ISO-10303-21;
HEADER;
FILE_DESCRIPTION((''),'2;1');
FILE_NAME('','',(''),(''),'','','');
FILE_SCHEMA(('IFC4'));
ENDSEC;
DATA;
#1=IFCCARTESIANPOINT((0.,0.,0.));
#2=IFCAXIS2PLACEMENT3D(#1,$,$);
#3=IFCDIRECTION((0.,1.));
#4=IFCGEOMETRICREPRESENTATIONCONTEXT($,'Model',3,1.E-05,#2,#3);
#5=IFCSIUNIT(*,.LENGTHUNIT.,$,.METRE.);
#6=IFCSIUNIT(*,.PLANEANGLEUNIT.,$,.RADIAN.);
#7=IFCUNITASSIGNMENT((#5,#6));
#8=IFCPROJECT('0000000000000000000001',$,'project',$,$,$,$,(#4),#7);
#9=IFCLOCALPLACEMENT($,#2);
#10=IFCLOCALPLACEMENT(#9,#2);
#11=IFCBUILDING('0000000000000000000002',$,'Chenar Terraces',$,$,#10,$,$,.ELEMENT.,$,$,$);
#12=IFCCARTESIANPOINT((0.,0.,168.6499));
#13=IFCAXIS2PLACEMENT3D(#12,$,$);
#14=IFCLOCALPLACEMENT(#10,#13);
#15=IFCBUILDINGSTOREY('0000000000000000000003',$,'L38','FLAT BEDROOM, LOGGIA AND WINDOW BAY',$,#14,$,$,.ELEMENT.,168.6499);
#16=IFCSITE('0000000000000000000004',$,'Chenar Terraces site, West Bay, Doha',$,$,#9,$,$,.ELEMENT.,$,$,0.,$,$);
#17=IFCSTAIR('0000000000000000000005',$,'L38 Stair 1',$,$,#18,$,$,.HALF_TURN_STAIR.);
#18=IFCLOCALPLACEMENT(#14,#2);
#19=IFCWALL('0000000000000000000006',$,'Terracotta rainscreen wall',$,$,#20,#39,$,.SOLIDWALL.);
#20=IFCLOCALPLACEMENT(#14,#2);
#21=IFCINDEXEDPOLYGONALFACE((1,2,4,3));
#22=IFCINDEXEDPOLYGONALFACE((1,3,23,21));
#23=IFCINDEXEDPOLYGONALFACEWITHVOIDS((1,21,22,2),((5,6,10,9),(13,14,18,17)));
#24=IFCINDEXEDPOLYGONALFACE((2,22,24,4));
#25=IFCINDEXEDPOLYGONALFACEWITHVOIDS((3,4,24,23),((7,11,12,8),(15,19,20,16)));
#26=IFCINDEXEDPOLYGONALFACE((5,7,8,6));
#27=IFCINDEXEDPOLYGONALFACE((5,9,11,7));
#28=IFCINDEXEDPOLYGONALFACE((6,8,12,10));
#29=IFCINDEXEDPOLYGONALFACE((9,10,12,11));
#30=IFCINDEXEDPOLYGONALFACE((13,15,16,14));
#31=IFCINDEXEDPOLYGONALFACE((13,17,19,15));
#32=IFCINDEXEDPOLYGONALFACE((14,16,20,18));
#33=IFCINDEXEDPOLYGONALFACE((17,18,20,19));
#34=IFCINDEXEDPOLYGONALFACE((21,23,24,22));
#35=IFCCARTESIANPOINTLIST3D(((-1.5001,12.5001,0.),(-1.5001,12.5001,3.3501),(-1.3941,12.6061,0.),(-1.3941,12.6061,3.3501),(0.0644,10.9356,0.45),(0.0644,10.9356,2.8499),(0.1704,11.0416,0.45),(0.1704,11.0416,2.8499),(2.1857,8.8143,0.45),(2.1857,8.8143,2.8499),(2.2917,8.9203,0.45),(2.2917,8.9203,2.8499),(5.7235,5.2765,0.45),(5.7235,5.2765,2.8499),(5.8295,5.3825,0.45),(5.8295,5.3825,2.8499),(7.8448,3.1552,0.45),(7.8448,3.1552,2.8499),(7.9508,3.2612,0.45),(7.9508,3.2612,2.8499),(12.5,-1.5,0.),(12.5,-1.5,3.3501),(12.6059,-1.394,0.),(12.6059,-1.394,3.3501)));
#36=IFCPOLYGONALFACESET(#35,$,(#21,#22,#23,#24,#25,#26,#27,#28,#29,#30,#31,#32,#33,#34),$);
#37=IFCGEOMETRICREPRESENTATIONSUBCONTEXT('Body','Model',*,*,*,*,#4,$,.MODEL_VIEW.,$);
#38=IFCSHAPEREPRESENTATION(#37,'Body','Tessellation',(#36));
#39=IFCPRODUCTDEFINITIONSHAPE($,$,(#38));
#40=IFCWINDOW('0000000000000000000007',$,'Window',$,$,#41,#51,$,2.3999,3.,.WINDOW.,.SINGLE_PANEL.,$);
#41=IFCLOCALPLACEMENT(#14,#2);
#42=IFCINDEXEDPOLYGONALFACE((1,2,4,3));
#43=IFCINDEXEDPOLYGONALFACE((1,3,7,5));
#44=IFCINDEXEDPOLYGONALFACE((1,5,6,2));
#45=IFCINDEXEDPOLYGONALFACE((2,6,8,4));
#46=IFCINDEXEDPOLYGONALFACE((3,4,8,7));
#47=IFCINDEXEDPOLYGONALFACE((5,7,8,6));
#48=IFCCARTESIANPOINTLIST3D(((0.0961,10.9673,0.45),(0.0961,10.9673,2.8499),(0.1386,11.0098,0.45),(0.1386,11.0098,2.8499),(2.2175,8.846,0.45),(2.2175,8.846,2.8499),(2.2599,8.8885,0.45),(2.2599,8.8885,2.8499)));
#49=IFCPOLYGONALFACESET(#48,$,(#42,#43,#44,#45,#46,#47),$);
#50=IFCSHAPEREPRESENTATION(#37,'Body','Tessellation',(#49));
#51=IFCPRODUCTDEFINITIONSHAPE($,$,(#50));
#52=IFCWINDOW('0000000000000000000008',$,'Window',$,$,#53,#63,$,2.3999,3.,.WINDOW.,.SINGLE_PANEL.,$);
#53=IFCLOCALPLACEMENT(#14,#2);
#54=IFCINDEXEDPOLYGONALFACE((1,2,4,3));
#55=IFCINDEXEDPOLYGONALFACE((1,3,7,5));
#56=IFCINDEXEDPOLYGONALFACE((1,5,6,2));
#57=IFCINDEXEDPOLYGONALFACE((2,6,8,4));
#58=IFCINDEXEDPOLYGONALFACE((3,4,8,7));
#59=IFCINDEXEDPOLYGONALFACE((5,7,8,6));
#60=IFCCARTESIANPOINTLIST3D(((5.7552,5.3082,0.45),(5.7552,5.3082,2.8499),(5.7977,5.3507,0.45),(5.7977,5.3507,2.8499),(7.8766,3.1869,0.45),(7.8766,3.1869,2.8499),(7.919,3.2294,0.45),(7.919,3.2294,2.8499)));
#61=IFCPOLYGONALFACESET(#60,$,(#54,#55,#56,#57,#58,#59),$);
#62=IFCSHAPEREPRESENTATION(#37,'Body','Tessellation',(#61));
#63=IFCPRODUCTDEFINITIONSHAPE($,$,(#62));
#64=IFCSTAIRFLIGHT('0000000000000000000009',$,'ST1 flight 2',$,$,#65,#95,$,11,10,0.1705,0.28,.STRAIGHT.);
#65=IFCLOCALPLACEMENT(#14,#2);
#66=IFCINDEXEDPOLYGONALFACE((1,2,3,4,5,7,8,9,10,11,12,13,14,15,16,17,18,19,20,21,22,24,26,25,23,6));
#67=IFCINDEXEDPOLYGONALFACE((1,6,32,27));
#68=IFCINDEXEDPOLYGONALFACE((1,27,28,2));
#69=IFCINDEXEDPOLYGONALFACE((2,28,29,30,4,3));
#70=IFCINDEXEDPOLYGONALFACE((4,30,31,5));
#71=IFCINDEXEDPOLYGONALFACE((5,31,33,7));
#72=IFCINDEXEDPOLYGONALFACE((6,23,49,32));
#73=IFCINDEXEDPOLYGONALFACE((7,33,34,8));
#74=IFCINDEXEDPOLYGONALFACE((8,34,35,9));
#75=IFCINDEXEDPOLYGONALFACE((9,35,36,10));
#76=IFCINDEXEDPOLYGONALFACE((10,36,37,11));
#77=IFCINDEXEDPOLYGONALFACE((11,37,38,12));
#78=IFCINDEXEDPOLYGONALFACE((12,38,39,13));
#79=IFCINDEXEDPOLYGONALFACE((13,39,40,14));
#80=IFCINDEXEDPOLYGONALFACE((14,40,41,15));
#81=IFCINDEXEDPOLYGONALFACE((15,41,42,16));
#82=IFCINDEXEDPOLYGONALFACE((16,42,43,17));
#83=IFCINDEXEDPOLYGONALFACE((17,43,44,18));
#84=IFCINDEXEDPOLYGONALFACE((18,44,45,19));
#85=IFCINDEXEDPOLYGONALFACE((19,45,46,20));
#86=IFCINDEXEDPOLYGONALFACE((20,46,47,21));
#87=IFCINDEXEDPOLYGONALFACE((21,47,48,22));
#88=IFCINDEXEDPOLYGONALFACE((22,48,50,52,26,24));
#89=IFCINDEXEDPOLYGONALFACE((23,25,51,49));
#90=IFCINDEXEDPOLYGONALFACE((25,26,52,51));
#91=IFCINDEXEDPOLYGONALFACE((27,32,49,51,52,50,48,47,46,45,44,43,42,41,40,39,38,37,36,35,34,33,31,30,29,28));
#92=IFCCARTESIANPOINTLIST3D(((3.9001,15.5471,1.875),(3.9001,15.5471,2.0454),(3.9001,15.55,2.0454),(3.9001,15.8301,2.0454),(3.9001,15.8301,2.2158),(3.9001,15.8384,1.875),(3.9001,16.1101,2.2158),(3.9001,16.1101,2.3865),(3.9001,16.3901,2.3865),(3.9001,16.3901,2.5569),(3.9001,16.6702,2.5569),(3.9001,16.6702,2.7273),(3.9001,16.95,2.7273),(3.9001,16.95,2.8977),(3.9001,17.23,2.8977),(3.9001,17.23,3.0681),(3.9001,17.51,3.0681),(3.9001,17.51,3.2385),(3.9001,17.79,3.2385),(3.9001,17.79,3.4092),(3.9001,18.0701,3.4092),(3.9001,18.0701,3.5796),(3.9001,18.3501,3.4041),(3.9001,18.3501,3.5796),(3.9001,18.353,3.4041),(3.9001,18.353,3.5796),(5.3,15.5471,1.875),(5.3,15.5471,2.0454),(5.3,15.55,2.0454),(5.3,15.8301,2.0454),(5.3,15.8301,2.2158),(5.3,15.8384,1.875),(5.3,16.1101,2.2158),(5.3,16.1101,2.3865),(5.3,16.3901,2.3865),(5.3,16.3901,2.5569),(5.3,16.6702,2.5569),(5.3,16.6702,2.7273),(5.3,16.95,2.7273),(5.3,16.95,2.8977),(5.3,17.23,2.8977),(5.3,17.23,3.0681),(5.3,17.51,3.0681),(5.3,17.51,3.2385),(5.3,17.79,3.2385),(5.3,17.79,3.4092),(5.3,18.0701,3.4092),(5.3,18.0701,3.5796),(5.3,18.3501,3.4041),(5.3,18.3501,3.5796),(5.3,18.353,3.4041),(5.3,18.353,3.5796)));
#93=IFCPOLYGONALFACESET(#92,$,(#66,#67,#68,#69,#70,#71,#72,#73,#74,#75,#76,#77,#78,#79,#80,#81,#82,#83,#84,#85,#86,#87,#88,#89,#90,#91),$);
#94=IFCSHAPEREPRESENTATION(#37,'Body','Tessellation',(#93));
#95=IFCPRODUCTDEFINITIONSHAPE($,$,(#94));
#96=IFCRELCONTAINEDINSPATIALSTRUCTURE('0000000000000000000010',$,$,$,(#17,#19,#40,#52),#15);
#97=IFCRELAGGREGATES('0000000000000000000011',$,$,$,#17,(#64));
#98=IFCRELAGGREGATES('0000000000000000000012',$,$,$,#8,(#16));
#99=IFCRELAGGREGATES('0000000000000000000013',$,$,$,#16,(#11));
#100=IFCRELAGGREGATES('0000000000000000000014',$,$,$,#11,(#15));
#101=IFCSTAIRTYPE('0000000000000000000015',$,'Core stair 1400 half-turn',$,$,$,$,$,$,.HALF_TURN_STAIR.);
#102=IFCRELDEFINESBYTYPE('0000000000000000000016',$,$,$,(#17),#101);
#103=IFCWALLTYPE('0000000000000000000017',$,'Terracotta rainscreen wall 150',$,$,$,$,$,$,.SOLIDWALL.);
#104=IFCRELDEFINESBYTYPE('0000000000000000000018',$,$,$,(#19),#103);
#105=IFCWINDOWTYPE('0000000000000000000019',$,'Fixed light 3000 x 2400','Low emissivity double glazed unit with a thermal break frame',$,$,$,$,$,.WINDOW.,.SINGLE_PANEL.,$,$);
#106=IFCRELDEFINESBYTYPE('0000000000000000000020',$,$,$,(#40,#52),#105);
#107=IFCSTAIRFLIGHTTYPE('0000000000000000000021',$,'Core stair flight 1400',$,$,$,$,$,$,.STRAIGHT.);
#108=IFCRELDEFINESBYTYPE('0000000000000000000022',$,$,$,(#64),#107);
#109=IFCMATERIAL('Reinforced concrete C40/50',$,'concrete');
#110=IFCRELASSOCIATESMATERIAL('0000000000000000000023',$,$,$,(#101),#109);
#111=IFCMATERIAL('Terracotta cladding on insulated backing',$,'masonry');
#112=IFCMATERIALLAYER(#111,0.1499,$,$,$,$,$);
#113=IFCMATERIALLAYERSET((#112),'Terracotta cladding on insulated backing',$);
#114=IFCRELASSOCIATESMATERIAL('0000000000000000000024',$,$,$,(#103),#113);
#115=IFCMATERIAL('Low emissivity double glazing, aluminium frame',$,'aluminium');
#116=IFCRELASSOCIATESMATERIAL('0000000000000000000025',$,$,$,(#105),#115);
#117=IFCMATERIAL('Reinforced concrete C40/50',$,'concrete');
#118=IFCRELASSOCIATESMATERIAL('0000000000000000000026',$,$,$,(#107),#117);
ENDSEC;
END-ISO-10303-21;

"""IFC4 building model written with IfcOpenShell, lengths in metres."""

from ifc_helpers import new_model, si_unit, direction, frame, frame_2d, origin, place, context, subcontext, project, spatial, polyline, rectangle, outline, extrude, material, layer, layer_set, type_object, element, fill, aggregate, save


model = new_model("IFC4")

# Units and contexts
model_context = context("Model", 3, precision=1e-05, world=origin(), true_north=direction((0.0, 1.0)))
body_context = subcontext(model_context, "Body", "Model", "MODEL_VIEW")
ifc_project = project(units=[si_unit("LENGTHUNIT", "METRE"), si_unit("PLANEANGLEUNIT", "RADIAN")], contexts=[model_context])

# Site, building, storey
site_placement = place(None, origin())
site = spatial("IfcSite", under=ifc_project, at=site_placement, Name="Chenar Terraces site, West Bay, Doha", CompositionType="ELEMENT", RefElevation=0.0)
building_placement = place(site_placement, origin())
building = spatial("IfcBuilding", under=site, at=building_placement, Name="Chenar Terraces", CompositionType="ELEMENT")
storey_placement = place(building_placement, frame((0.0, 0.0, 168.6499)))
storey = spatial("IfcBuildingStorey", under=building, at=storey_placement, Name="L38", Description="FLAT BEDROOM, LOGGIA AND WINDOW BAY", CompositionType="ELEMENT", Elevation=168.6499)

# Stair
ifc_material_1 = material(Name="Reinforced concrete C40/50", Category="concrete")
stair_type = type_object("IfcStairType", Name="Core stair 1400 half-turn", PredefinedType="HALF_TURN_STAIR", material=ifc_material_1)
placement_1 = place(storey_placement, origin())
stair_1 = element("IfcStair", 1, at=placement_1, inside=storey, type_object=stair_type, Name="L38 Stair 1", PredefinedType="HALF_TURN_STAIR")

# Wall, openings, windows
ifc_material_2 = material(Name="Terracotta cladding on insulated backing", Category="masonry")
ifc_layer_1 = layer(ifc_material_2, 0.1499)
ifc_layer_set_1 = layer_set([ifc_layer_1], Name="Terracotta cladding on insulated backing")
wall_type_1 = type_object("IfcWallType", Name="Terracotta rainscreen wall 150", PredefinedType="SOLIDWALL", material=ifc_layer_set_1)
wall_1_placement = place(storey_placement, frame((-1.447, 12.553, 0.0), z_axis=(0.0, 0.0, 1.0), x_axis=(0.707107, -0.707107, 0.0)))
wall_1 = element("IfcWall", 2, at=wall_1_placement, inside=storey, type_object=wall_type_1, Name="Terracotta rainscreen wall", PredefinedType="SOLIDWALL", context=body_context, shape_type="SweptSolid", body=[
    extrude(rectangle(XDim=19.7991, YDim=0.1499, at=frame_2d((9.8994, 0.0))), origin(), (0.0, 0.0, 1.0), 3.3501),
])
opening_1_placement = place(wall_1_placement, frame((2.2124, 0.0, 0.45)))
opening_1 = element("IfcOpeningElement", 3, at=opening_1_placement, cuts=wall_1, PredefinedType="OPENING", context=body_context, shape_type="SweptSolid", body=[
    extrude(rectangle(XDim=3.0, YDim=2.3999, at=frame_2d((1.5, 1.2))), frame((0.0, 0.085, 0.0), z_axis=(0.0, -1.0, 0.0), x_axis=(1.0, 0.0, 0.0)), (0.0, 0.0, 1.0), 0.1699),
])
opening_2_placement = place(wall_1_placement, frame((10.2156, 0.0, 0.45)))
opening_2 = element("IfcOpeningElement", 4, at=opening_2_placement, cuts=wall_1, PredefinedType="OPENING", context=body_context, shape_type="SweptSolid", body=[
    extrude(rectangle(XDim=3.0, YDim=2.3999, at=frame_2d((1.5, 1.2))), frame((0.0, 0.085, 0.0), z_axis=(0.0, -1.0, 0.0), x_axis=(1.0, 0.0, 0.0)), (0.0, 0.0, 1.0), 0.1699),
])
ifc_material_3 = material(Name="Low emissivity double glazing, aluminium frame", Category="aluminium")
window_type = type_object("IfcWindowType", Name="Fixed light 3000 x 2400", Description="Low emissivity double glazed unit with a thermal break frame", PartitioningType="SINGLE_PANEL", PredefinedType="WINDOW", material=ifc_material_3)
window_1_placement = place(opening_1_placement, origin())
window_1 = element("IfcWindow", 5, at=window_1_placement, inside=storey, type_object=window_type, Name="Window", OverallHeight=2.3999, OverallWidth=3.0, PartitioningType="SINGLE_PANEL", PredefinedType="WINDOW", context=body_context, shape_type="SweptSolid", body=[
    extrude(rectangle(XDim=3.0, YDim=2.3999, at=frame_2d((1.5, 1.2))), frame((0.0, 0.03, 0.0), z_axis=(0.0, -1.0, 0.0), x_axis=(1.0, 0.0, 0.0)), (0.0, 0.0, 1.0), 0.0601),
])
fill(opening_1, window_1)
window_2_placement = place(opening_2_placement, origin())
window_2 = element("IfcWindow", 6, at=window_2_placement, inside=storey, type_object=window_type, Name="Window", OverallHeight=2.3999, OverallWidth=3.0, PartitioningType="SINGLE_PANEL", PredefinedType="WINDOW", context=body_context, shape_type="SweptSolid", body=[
    extrude(rectangle(XDim=3.0, YDim=2.3999, at=frame_2d((1.5, 1.2))), frame((0.0, 0.03, 0.0), z_axis=(0.0, -1.0, 0.0), x_axis=(1.0, 0.0, 0.0)), (0.0, 0.0, 1.0), 0.0601),
])
fill(opening_2, window_2)

# Stair flight
ifc_material_4 = material(Name="Reinforced concrete C40/50", Category="concrete")
stair_flight_type = type_object("IfcStairFlightType", Name="Core stair flight 1400", PredefinedType="STRAIGHT", material=ifc_material_4)
stair_flight_placement = place(storey_placement, frame((4.6001, 15.55, 1.875), z_axis=(0.0, 0.0, 1.0), x_axis=(0.0, 1.0, 0.0)))
stair_flight = element("IfcStairFlight", 7, at=stair_flight_placement, type_object=stair_flight_type, Name="ST1 flight 2", NumberOfRisers=11, NumberOfTreads=10, PredefinedType="STRAIGHT", RiserHeight=0.1705, TreadLength=0.28, context=body_context, shape_type="SweptSolid", body=[
    extrude(outline(polyline([(-0.0029, 0.0), (-0.0029, 0.1704), (0.0, 0.1704), (0.28, 0.1704), (0.28, 0.3408), (0.5601, 0.3408), (0.5601, 0.5115), (0.8401, 0.5115), (0.8401, 0.6819), (1.1201, 0.6819), (1.1201, 0.8523), (1.3999, 0.8523), (1.3999, 1.0227), (1.6799, 1.0227), (1.6799, 1.1931), (1.96, 1.1931), (1.96, 1.3635), (2.24, 1.3635), (2.24, 1.5342), (2.52, 1.5342), (2.52, 1.7046), (2.8, 1.7046), (2.803, 1.7046), (2.803, 1.5291), (2.8, 1.5291), (0.2883, 0.0), (-0.0029, 0.0)])), frame((0.0, 0.7, 0.0), z_axis=(0.0, -1.0, 0.0), x_axis=(1.0, 0.0, 0.0)), (0.0, 0.0, 1.0), 1.3999),
])
aggregate(stair_1, [stair_flight])

save(model, "model.ifc")
